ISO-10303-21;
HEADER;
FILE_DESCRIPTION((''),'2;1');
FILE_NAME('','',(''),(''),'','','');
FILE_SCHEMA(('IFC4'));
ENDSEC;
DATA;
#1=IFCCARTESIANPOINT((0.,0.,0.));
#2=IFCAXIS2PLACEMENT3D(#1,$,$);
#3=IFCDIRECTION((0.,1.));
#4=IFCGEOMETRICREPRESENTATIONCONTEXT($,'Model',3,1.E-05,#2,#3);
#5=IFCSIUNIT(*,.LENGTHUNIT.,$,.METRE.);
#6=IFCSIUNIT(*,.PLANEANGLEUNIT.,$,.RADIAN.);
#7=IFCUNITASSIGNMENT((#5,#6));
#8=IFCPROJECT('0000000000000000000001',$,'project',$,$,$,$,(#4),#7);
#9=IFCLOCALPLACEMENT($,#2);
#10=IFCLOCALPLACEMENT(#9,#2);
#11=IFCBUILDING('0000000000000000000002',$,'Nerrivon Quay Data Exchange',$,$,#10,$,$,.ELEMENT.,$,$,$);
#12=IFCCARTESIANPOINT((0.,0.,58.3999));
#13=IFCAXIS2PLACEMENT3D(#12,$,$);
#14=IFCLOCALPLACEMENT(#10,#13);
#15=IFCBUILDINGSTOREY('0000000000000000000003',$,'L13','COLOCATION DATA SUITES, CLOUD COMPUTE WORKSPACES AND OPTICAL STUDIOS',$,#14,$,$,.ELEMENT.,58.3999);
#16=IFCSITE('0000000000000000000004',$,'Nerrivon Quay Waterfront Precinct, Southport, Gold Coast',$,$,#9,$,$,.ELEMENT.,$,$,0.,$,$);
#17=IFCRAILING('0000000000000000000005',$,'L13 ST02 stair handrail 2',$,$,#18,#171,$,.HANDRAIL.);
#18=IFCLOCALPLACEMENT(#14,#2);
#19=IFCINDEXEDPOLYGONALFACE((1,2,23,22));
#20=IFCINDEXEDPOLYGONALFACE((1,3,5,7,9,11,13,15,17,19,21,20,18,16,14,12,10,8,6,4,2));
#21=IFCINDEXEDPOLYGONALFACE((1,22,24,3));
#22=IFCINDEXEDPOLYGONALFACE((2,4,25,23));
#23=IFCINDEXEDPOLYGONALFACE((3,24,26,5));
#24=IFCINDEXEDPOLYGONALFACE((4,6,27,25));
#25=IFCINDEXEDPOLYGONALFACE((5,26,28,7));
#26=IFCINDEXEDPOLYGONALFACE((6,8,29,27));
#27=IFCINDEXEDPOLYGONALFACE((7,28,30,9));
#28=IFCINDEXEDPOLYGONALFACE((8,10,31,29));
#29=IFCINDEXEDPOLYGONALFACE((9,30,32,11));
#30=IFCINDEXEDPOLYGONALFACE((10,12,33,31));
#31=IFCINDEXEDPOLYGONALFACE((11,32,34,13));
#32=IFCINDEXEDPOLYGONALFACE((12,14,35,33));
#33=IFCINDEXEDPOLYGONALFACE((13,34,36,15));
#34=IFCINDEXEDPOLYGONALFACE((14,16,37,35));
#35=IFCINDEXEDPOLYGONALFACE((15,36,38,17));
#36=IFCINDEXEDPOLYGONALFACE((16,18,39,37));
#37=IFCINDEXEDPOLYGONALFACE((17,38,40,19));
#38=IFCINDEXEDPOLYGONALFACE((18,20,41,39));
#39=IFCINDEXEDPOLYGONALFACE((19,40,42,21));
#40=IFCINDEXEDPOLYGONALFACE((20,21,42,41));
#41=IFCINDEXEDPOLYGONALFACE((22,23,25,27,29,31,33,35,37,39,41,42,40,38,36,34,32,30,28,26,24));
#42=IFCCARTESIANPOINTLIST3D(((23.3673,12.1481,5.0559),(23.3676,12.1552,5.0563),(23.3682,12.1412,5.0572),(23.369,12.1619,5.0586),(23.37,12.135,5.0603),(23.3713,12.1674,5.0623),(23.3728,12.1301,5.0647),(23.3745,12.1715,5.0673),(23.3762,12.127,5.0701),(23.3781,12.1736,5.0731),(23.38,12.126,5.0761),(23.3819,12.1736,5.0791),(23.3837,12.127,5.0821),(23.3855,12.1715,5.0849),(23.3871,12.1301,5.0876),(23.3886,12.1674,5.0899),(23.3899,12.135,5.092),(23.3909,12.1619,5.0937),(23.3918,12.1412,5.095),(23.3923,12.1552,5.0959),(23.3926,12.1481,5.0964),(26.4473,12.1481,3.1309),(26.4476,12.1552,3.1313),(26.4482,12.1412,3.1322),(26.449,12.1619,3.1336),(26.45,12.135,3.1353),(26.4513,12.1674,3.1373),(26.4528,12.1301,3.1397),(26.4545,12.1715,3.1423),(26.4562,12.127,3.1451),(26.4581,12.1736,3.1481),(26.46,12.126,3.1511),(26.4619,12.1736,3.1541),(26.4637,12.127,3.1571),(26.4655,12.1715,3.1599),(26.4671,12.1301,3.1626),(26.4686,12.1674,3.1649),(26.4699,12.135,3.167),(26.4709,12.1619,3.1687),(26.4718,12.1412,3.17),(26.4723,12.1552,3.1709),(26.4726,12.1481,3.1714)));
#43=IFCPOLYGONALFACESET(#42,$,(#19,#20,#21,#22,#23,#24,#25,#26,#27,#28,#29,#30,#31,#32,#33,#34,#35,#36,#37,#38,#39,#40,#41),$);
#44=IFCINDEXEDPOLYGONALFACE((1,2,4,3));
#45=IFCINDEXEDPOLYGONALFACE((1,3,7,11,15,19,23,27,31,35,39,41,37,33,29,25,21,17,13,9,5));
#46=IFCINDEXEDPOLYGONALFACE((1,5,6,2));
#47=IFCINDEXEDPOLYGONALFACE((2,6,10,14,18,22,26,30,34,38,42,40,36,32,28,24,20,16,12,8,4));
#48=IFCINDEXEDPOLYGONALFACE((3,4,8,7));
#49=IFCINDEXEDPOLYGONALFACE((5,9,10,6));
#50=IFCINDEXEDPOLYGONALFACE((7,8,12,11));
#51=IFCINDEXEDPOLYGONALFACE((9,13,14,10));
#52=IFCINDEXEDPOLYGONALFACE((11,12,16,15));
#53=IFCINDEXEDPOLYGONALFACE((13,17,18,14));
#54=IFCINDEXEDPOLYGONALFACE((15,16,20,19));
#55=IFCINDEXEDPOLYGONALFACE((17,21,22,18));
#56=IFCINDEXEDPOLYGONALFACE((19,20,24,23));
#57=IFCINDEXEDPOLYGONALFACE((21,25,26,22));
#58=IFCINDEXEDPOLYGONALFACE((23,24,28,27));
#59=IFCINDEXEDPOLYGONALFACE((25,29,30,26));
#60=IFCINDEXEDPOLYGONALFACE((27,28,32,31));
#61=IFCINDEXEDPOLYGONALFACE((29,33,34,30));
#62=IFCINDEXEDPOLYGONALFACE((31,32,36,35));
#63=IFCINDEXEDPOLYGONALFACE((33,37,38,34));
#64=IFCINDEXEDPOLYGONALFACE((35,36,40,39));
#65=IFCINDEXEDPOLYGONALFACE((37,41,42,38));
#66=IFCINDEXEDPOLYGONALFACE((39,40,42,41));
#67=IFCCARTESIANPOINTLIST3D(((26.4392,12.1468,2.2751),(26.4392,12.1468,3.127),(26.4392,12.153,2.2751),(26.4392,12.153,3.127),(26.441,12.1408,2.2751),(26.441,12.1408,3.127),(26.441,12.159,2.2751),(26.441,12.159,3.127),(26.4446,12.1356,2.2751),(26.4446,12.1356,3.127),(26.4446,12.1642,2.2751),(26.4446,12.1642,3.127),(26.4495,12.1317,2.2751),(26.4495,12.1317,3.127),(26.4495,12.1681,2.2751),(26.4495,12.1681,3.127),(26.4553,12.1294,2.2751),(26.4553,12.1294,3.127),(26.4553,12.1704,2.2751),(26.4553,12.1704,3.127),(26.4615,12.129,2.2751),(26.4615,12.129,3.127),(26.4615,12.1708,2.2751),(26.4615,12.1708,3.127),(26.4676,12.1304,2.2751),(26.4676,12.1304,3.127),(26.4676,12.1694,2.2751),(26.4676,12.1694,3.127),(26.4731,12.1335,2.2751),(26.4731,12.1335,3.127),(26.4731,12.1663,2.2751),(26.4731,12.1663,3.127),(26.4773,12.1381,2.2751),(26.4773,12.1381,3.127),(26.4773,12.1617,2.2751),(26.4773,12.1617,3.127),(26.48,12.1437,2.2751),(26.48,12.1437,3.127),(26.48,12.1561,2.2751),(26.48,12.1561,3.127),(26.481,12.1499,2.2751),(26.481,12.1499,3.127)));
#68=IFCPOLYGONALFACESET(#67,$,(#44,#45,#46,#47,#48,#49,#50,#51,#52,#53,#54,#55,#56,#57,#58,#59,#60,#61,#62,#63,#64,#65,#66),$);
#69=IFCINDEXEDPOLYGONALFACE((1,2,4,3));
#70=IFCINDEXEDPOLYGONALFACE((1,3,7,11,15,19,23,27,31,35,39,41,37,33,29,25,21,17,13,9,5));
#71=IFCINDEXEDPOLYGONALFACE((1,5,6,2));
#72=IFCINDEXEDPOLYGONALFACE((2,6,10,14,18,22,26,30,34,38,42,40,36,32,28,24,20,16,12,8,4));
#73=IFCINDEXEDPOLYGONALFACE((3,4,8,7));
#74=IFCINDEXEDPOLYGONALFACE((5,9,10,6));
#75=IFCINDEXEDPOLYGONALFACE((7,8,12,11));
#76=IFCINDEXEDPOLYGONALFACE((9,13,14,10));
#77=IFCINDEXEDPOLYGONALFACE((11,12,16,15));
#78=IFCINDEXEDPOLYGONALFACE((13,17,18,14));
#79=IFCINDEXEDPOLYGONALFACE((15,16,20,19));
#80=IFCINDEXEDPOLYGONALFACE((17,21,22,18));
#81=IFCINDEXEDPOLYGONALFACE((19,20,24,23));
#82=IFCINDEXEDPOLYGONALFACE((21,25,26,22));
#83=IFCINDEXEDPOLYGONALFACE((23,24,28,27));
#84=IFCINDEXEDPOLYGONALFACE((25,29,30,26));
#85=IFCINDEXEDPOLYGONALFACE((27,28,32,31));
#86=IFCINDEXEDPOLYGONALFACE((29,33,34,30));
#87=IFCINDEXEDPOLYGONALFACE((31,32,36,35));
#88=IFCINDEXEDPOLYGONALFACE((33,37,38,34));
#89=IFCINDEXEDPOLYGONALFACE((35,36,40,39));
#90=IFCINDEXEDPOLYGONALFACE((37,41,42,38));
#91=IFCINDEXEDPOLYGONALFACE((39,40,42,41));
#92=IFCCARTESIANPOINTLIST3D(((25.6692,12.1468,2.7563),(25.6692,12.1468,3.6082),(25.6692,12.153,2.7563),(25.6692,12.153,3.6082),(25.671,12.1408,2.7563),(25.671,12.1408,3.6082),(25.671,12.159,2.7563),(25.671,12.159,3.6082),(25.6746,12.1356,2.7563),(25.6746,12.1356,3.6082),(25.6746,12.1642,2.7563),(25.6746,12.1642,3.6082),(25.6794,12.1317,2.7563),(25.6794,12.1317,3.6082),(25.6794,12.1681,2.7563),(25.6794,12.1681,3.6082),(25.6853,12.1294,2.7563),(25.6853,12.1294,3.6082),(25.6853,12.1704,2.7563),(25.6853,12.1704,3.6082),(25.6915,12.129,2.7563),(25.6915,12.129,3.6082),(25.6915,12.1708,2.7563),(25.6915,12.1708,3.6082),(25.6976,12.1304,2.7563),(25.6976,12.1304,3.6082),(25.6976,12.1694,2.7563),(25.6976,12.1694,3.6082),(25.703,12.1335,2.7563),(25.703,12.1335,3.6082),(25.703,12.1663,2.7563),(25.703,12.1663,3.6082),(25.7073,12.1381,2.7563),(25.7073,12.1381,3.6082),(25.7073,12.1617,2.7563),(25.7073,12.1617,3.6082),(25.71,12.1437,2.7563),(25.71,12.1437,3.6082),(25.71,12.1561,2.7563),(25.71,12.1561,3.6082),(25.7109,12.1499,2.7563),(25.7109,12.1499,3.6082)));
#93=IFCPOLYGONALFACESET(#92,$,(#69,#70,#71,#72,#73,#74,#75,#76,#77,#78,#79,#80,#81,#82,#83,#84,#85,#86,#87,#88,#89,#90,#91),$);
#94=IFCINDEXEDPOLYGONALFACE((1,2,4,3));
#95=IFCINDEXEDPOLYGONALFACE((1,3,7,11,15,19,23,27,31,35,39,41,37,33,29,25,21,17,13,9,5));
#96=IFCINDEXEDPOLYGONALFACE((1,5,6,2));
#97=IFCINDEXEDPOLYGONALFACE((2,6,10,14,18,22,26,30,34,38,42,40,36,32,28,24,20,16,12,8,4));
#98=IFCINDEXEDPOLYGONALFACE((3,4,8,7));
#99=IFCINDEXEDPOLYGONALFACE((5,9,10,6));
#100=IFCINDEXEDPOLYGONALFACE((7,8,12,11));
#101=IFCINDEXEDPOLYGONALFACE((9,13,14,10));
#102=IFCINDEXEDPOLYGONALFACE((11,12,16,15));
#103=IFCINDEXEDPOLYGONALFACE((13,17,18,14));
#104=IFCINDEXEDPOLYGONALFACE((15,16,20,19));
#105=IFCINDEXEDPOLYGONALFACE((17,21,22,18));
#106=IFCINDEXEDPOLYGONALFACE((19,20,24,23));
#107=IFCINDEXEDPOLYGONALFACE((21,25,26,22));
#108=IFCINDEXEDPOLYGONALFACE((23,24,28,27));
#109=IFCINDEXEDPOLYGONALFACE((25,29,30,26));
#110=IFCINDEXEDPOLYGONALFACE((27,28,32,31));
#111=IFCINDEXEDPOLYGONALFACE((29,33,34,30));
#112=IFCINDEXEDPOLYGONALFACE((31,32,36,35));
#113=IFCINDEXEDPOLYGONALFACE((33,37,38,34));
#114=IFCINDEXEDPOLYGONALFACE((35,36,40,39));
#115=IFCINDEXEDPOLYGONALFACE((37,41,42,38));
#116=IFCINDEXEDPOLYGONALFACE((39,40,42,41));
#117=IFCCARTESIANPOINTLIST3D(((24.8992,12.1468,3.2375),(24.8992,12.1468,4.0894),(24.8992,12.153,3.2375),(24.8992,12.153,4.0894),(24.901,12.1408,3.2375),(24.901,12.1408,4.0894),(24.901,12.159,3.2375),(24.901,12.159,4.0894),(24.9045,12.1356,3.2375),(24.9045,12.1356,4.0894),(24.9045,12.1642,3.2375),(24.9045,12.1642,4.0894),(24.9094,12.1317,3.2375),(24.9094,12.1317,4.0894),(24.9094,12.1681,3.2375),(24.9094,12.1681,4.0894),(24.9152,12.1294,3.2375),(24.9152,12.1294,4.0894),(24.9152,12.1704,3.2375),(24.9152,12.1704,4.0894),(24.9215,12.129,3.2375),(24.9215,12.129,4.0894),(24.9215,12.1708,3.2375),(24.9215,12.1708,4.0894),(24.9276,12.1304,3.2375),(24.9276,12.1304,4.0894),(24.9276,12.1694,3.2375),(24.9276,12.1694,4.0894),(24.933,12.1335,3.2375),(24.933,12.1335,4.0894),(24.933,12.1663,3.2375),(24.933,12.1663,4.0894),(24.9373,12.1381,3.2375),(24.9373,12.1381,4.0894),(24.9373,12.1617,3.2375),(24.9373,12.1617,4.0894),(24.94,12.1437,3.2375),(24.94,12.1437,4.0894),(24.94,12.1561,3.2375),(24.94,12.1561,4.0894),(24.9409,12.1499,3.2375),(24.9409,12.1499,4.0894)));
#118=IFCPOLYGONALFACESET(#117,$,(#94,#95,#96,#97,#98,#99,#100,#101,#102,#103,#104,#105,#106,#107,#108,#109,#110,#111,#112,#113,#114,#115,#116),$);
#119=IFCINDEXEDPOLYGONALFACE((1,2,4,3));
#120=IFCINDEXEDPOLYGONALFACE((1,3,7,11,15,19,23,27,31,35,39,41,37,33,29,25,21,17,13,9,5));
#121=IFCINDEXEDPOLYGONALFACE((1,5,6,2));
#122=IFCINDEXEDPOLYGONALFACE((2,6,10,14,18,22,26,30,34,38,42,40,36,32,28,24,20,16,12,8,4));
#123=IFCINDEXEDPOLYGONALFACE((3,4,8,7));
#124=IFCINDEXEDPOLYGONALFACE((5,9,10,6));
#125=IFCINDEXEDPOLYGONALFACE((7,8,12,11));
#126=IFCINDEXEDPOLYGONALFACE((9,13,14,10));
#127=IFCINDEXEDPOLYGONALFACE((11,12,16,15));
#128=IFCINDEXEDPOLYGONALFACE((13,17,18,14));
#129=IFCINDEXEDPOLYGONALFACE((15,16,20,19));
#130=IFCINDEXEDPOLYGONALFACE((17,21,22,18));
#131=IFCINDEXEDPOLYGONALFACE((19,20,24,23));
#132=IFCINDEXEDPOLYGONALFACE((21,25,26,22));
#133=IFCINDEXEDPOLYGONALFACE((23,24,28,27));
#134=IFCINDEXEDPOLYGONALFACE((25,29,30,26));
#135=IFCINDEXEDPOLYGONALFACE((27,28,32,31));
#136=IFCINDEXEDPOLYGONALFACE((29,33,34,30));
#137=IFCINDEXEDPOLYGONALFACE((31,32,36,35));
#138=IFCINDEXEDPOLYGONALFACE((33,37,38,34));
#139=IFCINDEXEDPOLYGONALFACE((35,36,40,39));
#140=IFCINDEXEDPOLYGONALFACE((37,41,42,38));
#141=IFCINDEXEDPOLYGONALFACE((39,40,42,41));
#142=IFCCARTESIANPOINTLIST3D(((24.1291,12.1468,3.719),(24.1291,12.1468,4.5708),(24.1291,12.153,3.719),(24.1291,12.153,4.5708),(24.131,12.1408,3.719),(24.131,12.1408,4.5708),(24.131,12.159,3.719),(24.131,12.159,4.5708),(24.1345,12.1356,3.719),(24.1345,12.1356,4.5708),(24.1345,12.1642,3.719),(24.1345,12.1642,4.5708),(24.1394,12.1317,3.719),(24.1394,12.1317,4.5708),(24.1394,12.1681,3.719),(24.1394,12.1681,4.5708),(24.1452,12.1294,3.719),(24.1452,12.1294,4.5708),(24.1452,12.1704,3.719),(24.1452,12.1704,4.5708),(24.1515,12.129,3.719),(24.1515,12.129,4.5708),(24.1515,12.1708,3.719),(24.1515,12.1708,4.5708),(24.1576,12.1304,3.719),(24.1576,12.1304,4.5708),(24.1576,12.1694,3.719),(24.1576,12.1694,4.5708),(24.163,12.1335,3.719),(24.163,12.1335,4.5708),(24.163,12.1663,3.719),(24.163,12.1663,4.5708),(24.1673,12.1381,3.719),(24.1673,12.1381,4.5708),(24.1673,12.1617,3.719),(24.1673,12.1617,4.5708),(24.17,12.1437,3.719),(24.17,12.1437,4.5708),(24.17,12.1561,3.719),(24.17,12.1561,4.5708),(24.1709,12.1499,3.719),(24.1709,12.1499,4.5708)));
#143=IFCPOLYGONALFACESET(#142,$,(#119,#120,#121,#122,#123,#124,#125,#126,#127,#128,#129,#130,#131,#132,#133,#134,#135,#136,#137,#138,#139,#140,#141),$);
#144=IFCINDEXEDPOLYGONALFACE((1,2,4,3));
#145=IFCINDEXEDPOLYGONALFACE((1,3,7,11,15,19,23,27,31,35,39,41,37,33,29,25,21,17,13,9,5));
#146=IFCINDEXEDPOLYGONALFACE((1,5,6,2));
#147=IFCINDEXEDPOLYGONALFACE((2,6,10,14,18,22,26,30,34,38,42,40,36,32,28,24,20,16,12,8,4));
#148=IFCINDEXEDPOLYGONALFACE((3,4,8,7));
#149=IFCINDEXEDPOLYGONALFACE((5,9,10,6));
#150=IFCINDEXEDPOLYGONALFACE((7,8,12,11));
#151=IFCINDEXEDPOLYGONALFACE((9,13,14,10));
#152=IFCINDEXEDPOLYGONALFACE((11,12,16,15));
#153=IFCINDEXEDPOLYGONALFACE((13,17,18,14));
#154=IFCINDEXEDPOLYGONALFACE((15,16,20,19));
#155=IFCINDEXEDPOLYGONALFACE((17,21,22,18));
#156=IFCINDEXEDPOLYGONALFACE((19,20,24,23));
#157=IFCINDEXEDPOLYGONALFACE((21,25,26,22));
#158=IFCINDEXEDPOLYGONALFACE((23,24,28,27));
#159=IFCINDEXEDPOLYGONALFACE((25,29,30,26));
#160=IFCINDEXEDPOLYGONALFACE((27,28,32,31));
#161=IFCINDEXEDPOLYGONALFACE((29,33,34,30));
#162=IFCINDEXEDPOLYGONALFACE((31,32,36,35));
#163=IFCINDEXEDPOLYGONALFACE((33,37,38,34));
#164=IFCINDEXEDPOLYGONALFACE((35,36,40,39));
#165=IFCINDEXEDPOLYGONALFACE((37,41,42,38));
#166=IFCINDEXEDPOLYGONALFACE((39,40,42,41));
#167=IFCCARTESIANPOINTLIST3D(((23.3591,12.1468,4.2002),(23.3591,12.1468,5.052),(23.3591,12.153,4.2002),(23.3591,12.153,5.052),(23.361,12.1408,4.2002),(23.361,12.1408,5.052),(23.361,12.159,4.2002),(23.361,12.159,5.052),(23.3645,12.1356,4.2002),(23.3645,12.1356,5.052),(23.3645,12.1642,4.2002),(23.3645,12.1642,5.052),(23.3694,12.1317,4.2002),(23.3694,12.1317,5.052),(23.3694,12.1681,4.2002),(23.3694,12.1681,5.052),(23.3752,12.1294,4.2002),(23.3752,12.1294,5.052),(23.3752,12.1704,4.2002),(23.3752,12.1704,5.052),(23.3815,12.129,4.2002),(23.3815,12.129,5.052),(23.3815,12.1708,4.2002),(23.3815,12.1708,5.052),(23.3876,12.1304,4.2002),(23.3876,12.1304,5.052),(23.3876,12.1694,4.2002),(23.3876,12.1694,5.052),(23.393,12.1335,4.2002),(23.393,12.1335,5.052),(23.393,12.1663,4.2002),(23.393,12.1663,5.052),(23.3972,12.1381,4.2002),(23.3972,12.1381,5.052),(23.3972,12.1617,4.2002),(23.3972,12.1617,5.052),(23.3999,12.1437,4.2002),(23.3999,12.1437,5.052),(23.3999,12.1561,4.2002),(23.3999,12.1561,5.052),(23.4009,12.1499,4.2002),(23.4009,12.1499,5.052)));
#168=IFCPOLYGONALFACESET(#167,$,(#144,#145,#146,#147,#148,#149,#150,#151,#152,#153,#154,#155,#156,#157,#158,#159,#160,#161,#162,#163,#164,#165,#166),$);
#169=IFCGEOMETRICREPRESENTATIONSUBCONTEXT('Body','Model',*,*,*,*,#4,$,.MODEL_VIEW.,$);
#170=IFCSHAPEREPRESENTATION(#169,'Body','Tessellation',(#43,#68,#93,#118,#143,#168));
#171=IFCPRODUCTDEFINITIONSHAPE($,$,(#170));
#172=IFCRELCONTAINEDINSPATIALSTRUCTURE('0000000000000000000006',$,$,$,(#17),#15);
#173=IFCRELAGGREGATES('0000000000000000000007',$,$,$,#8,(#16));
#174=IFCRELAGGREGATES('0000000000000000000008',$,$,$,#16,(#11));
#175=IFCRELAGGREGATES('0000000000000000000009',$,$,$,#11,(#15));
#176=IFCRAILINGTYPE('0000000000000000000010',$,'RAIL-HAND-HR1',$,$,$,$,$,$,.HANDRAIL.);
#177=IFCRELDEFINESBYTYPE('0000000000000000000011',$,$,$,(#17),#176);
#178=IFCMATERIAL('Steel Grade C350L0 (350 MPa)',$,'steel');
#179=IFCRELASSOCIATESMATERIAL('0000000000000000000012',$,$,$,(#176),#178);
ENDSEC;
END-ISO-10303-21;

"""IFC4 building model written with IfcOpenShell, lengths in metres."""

from ifc_helpers import new_model, si_unit, direction, frame, origin, origin_2d, place, context, subcontext, project, spatial, circle, extrude, material, type_object, element, save


model = new_model("IFC4")

# Units and contexts
model_context = context("Model", 3, precision=1e-05, world=origin(), true_north=direction((0.0, 1.0)))
body_context = subcontext(model_context, "Body", "Model", "MODEL_VIEW")
ifc_project = project(units=[si_unit("LENGTHUNIT", "METRE"), si_unit("PLANEANGLEUNIT", "RADIAN")], contexts=[model_context])

# Site, building, storey
site_placement = place(None, origin())
site = spatial("IfcSite", under=ifc_project, at=site_placement, Name="Nerrivon Quay Waterfront Precinct, Southport, Gold Coast", CompositionType="ELEMENT", RefElevation=0.0)
building_placement = place(site_placement, origin())
building = spatial("IfcBuilding", under=site, at=building_placement, Name="Nerrivon Quay Data Exchange", CompositionType="ELEMENT")
storey_placement = place(building_placement, frame((0.0, 0.0, 58.3999)))
storey = spatial("IfcBuildingStorey", under=building, at=storey_placement, Name="L13", Description="COLOCATION DATA SUITES, CLOUD COMPUTE WORKSPACES AND OPTICAL STUDIOS", CompositionType="ELEMENT", Elevation=58.3999)

# Railing
ifc_material_1 = material(Name="Steel Grade C350L0 (350 MPa)", Category="steel")
railing_type_1 = type_object("IfcRailingType", Name="RAIL-HAND-HR1", PredefinedType="HANDRAIL", material=ifc_material_1)
railing_1_placement = place(storey_placement, frame((26.46, 12.1499, 2.2751)))
element("IfcRailing", 1, at=railing_1_placement, inside=storey, type_object=railing_type_1, Name="L13 ST02 stair handrail 2", PredefinedType="HANDRAIL", context=body_context, shape_type="SweptSolid", body=[
    extrude(circle(Radius=0.0239, at=origin_2d()), frame((0.0, 0.0, 0.876), z_axis=(-0.847998, 0.0, 0.529999), x_axis=(0.0, -1.0, 0.0)), (0.0, 0.0, 1.0), 3.6321),
    extrude(circle(Radius=0.021, at=origin_2d()), origin(), (0.0, 0.0, 1.0), 0.8518),
    extrude(circle(Radius=0.021, at=origin_2d()), frame((-0.77, 0.0, 0.4812)), (0.0, 0.0, 1.0), 0.8518),
    extrude(circle(Radius=0.021, at=origin_2d()), frame((-1.54, 0.0, 0.9624)), (0.0, 0.0, 1.0), 0.8518),
    extrude(circle(Radius=0.021, at=origin_2d()), frame((-2.3101, 0.0, 1.4438)), (0.0, 0.0, 1.0), 0.8518),
    extrude(circle(Radius=0.021, at=origin_2d()), frame((-3.0801, 0.0, 1.925)), (0.0, 0.0, 1.0), 0.8518),
])

save(model, "model.ifc")
